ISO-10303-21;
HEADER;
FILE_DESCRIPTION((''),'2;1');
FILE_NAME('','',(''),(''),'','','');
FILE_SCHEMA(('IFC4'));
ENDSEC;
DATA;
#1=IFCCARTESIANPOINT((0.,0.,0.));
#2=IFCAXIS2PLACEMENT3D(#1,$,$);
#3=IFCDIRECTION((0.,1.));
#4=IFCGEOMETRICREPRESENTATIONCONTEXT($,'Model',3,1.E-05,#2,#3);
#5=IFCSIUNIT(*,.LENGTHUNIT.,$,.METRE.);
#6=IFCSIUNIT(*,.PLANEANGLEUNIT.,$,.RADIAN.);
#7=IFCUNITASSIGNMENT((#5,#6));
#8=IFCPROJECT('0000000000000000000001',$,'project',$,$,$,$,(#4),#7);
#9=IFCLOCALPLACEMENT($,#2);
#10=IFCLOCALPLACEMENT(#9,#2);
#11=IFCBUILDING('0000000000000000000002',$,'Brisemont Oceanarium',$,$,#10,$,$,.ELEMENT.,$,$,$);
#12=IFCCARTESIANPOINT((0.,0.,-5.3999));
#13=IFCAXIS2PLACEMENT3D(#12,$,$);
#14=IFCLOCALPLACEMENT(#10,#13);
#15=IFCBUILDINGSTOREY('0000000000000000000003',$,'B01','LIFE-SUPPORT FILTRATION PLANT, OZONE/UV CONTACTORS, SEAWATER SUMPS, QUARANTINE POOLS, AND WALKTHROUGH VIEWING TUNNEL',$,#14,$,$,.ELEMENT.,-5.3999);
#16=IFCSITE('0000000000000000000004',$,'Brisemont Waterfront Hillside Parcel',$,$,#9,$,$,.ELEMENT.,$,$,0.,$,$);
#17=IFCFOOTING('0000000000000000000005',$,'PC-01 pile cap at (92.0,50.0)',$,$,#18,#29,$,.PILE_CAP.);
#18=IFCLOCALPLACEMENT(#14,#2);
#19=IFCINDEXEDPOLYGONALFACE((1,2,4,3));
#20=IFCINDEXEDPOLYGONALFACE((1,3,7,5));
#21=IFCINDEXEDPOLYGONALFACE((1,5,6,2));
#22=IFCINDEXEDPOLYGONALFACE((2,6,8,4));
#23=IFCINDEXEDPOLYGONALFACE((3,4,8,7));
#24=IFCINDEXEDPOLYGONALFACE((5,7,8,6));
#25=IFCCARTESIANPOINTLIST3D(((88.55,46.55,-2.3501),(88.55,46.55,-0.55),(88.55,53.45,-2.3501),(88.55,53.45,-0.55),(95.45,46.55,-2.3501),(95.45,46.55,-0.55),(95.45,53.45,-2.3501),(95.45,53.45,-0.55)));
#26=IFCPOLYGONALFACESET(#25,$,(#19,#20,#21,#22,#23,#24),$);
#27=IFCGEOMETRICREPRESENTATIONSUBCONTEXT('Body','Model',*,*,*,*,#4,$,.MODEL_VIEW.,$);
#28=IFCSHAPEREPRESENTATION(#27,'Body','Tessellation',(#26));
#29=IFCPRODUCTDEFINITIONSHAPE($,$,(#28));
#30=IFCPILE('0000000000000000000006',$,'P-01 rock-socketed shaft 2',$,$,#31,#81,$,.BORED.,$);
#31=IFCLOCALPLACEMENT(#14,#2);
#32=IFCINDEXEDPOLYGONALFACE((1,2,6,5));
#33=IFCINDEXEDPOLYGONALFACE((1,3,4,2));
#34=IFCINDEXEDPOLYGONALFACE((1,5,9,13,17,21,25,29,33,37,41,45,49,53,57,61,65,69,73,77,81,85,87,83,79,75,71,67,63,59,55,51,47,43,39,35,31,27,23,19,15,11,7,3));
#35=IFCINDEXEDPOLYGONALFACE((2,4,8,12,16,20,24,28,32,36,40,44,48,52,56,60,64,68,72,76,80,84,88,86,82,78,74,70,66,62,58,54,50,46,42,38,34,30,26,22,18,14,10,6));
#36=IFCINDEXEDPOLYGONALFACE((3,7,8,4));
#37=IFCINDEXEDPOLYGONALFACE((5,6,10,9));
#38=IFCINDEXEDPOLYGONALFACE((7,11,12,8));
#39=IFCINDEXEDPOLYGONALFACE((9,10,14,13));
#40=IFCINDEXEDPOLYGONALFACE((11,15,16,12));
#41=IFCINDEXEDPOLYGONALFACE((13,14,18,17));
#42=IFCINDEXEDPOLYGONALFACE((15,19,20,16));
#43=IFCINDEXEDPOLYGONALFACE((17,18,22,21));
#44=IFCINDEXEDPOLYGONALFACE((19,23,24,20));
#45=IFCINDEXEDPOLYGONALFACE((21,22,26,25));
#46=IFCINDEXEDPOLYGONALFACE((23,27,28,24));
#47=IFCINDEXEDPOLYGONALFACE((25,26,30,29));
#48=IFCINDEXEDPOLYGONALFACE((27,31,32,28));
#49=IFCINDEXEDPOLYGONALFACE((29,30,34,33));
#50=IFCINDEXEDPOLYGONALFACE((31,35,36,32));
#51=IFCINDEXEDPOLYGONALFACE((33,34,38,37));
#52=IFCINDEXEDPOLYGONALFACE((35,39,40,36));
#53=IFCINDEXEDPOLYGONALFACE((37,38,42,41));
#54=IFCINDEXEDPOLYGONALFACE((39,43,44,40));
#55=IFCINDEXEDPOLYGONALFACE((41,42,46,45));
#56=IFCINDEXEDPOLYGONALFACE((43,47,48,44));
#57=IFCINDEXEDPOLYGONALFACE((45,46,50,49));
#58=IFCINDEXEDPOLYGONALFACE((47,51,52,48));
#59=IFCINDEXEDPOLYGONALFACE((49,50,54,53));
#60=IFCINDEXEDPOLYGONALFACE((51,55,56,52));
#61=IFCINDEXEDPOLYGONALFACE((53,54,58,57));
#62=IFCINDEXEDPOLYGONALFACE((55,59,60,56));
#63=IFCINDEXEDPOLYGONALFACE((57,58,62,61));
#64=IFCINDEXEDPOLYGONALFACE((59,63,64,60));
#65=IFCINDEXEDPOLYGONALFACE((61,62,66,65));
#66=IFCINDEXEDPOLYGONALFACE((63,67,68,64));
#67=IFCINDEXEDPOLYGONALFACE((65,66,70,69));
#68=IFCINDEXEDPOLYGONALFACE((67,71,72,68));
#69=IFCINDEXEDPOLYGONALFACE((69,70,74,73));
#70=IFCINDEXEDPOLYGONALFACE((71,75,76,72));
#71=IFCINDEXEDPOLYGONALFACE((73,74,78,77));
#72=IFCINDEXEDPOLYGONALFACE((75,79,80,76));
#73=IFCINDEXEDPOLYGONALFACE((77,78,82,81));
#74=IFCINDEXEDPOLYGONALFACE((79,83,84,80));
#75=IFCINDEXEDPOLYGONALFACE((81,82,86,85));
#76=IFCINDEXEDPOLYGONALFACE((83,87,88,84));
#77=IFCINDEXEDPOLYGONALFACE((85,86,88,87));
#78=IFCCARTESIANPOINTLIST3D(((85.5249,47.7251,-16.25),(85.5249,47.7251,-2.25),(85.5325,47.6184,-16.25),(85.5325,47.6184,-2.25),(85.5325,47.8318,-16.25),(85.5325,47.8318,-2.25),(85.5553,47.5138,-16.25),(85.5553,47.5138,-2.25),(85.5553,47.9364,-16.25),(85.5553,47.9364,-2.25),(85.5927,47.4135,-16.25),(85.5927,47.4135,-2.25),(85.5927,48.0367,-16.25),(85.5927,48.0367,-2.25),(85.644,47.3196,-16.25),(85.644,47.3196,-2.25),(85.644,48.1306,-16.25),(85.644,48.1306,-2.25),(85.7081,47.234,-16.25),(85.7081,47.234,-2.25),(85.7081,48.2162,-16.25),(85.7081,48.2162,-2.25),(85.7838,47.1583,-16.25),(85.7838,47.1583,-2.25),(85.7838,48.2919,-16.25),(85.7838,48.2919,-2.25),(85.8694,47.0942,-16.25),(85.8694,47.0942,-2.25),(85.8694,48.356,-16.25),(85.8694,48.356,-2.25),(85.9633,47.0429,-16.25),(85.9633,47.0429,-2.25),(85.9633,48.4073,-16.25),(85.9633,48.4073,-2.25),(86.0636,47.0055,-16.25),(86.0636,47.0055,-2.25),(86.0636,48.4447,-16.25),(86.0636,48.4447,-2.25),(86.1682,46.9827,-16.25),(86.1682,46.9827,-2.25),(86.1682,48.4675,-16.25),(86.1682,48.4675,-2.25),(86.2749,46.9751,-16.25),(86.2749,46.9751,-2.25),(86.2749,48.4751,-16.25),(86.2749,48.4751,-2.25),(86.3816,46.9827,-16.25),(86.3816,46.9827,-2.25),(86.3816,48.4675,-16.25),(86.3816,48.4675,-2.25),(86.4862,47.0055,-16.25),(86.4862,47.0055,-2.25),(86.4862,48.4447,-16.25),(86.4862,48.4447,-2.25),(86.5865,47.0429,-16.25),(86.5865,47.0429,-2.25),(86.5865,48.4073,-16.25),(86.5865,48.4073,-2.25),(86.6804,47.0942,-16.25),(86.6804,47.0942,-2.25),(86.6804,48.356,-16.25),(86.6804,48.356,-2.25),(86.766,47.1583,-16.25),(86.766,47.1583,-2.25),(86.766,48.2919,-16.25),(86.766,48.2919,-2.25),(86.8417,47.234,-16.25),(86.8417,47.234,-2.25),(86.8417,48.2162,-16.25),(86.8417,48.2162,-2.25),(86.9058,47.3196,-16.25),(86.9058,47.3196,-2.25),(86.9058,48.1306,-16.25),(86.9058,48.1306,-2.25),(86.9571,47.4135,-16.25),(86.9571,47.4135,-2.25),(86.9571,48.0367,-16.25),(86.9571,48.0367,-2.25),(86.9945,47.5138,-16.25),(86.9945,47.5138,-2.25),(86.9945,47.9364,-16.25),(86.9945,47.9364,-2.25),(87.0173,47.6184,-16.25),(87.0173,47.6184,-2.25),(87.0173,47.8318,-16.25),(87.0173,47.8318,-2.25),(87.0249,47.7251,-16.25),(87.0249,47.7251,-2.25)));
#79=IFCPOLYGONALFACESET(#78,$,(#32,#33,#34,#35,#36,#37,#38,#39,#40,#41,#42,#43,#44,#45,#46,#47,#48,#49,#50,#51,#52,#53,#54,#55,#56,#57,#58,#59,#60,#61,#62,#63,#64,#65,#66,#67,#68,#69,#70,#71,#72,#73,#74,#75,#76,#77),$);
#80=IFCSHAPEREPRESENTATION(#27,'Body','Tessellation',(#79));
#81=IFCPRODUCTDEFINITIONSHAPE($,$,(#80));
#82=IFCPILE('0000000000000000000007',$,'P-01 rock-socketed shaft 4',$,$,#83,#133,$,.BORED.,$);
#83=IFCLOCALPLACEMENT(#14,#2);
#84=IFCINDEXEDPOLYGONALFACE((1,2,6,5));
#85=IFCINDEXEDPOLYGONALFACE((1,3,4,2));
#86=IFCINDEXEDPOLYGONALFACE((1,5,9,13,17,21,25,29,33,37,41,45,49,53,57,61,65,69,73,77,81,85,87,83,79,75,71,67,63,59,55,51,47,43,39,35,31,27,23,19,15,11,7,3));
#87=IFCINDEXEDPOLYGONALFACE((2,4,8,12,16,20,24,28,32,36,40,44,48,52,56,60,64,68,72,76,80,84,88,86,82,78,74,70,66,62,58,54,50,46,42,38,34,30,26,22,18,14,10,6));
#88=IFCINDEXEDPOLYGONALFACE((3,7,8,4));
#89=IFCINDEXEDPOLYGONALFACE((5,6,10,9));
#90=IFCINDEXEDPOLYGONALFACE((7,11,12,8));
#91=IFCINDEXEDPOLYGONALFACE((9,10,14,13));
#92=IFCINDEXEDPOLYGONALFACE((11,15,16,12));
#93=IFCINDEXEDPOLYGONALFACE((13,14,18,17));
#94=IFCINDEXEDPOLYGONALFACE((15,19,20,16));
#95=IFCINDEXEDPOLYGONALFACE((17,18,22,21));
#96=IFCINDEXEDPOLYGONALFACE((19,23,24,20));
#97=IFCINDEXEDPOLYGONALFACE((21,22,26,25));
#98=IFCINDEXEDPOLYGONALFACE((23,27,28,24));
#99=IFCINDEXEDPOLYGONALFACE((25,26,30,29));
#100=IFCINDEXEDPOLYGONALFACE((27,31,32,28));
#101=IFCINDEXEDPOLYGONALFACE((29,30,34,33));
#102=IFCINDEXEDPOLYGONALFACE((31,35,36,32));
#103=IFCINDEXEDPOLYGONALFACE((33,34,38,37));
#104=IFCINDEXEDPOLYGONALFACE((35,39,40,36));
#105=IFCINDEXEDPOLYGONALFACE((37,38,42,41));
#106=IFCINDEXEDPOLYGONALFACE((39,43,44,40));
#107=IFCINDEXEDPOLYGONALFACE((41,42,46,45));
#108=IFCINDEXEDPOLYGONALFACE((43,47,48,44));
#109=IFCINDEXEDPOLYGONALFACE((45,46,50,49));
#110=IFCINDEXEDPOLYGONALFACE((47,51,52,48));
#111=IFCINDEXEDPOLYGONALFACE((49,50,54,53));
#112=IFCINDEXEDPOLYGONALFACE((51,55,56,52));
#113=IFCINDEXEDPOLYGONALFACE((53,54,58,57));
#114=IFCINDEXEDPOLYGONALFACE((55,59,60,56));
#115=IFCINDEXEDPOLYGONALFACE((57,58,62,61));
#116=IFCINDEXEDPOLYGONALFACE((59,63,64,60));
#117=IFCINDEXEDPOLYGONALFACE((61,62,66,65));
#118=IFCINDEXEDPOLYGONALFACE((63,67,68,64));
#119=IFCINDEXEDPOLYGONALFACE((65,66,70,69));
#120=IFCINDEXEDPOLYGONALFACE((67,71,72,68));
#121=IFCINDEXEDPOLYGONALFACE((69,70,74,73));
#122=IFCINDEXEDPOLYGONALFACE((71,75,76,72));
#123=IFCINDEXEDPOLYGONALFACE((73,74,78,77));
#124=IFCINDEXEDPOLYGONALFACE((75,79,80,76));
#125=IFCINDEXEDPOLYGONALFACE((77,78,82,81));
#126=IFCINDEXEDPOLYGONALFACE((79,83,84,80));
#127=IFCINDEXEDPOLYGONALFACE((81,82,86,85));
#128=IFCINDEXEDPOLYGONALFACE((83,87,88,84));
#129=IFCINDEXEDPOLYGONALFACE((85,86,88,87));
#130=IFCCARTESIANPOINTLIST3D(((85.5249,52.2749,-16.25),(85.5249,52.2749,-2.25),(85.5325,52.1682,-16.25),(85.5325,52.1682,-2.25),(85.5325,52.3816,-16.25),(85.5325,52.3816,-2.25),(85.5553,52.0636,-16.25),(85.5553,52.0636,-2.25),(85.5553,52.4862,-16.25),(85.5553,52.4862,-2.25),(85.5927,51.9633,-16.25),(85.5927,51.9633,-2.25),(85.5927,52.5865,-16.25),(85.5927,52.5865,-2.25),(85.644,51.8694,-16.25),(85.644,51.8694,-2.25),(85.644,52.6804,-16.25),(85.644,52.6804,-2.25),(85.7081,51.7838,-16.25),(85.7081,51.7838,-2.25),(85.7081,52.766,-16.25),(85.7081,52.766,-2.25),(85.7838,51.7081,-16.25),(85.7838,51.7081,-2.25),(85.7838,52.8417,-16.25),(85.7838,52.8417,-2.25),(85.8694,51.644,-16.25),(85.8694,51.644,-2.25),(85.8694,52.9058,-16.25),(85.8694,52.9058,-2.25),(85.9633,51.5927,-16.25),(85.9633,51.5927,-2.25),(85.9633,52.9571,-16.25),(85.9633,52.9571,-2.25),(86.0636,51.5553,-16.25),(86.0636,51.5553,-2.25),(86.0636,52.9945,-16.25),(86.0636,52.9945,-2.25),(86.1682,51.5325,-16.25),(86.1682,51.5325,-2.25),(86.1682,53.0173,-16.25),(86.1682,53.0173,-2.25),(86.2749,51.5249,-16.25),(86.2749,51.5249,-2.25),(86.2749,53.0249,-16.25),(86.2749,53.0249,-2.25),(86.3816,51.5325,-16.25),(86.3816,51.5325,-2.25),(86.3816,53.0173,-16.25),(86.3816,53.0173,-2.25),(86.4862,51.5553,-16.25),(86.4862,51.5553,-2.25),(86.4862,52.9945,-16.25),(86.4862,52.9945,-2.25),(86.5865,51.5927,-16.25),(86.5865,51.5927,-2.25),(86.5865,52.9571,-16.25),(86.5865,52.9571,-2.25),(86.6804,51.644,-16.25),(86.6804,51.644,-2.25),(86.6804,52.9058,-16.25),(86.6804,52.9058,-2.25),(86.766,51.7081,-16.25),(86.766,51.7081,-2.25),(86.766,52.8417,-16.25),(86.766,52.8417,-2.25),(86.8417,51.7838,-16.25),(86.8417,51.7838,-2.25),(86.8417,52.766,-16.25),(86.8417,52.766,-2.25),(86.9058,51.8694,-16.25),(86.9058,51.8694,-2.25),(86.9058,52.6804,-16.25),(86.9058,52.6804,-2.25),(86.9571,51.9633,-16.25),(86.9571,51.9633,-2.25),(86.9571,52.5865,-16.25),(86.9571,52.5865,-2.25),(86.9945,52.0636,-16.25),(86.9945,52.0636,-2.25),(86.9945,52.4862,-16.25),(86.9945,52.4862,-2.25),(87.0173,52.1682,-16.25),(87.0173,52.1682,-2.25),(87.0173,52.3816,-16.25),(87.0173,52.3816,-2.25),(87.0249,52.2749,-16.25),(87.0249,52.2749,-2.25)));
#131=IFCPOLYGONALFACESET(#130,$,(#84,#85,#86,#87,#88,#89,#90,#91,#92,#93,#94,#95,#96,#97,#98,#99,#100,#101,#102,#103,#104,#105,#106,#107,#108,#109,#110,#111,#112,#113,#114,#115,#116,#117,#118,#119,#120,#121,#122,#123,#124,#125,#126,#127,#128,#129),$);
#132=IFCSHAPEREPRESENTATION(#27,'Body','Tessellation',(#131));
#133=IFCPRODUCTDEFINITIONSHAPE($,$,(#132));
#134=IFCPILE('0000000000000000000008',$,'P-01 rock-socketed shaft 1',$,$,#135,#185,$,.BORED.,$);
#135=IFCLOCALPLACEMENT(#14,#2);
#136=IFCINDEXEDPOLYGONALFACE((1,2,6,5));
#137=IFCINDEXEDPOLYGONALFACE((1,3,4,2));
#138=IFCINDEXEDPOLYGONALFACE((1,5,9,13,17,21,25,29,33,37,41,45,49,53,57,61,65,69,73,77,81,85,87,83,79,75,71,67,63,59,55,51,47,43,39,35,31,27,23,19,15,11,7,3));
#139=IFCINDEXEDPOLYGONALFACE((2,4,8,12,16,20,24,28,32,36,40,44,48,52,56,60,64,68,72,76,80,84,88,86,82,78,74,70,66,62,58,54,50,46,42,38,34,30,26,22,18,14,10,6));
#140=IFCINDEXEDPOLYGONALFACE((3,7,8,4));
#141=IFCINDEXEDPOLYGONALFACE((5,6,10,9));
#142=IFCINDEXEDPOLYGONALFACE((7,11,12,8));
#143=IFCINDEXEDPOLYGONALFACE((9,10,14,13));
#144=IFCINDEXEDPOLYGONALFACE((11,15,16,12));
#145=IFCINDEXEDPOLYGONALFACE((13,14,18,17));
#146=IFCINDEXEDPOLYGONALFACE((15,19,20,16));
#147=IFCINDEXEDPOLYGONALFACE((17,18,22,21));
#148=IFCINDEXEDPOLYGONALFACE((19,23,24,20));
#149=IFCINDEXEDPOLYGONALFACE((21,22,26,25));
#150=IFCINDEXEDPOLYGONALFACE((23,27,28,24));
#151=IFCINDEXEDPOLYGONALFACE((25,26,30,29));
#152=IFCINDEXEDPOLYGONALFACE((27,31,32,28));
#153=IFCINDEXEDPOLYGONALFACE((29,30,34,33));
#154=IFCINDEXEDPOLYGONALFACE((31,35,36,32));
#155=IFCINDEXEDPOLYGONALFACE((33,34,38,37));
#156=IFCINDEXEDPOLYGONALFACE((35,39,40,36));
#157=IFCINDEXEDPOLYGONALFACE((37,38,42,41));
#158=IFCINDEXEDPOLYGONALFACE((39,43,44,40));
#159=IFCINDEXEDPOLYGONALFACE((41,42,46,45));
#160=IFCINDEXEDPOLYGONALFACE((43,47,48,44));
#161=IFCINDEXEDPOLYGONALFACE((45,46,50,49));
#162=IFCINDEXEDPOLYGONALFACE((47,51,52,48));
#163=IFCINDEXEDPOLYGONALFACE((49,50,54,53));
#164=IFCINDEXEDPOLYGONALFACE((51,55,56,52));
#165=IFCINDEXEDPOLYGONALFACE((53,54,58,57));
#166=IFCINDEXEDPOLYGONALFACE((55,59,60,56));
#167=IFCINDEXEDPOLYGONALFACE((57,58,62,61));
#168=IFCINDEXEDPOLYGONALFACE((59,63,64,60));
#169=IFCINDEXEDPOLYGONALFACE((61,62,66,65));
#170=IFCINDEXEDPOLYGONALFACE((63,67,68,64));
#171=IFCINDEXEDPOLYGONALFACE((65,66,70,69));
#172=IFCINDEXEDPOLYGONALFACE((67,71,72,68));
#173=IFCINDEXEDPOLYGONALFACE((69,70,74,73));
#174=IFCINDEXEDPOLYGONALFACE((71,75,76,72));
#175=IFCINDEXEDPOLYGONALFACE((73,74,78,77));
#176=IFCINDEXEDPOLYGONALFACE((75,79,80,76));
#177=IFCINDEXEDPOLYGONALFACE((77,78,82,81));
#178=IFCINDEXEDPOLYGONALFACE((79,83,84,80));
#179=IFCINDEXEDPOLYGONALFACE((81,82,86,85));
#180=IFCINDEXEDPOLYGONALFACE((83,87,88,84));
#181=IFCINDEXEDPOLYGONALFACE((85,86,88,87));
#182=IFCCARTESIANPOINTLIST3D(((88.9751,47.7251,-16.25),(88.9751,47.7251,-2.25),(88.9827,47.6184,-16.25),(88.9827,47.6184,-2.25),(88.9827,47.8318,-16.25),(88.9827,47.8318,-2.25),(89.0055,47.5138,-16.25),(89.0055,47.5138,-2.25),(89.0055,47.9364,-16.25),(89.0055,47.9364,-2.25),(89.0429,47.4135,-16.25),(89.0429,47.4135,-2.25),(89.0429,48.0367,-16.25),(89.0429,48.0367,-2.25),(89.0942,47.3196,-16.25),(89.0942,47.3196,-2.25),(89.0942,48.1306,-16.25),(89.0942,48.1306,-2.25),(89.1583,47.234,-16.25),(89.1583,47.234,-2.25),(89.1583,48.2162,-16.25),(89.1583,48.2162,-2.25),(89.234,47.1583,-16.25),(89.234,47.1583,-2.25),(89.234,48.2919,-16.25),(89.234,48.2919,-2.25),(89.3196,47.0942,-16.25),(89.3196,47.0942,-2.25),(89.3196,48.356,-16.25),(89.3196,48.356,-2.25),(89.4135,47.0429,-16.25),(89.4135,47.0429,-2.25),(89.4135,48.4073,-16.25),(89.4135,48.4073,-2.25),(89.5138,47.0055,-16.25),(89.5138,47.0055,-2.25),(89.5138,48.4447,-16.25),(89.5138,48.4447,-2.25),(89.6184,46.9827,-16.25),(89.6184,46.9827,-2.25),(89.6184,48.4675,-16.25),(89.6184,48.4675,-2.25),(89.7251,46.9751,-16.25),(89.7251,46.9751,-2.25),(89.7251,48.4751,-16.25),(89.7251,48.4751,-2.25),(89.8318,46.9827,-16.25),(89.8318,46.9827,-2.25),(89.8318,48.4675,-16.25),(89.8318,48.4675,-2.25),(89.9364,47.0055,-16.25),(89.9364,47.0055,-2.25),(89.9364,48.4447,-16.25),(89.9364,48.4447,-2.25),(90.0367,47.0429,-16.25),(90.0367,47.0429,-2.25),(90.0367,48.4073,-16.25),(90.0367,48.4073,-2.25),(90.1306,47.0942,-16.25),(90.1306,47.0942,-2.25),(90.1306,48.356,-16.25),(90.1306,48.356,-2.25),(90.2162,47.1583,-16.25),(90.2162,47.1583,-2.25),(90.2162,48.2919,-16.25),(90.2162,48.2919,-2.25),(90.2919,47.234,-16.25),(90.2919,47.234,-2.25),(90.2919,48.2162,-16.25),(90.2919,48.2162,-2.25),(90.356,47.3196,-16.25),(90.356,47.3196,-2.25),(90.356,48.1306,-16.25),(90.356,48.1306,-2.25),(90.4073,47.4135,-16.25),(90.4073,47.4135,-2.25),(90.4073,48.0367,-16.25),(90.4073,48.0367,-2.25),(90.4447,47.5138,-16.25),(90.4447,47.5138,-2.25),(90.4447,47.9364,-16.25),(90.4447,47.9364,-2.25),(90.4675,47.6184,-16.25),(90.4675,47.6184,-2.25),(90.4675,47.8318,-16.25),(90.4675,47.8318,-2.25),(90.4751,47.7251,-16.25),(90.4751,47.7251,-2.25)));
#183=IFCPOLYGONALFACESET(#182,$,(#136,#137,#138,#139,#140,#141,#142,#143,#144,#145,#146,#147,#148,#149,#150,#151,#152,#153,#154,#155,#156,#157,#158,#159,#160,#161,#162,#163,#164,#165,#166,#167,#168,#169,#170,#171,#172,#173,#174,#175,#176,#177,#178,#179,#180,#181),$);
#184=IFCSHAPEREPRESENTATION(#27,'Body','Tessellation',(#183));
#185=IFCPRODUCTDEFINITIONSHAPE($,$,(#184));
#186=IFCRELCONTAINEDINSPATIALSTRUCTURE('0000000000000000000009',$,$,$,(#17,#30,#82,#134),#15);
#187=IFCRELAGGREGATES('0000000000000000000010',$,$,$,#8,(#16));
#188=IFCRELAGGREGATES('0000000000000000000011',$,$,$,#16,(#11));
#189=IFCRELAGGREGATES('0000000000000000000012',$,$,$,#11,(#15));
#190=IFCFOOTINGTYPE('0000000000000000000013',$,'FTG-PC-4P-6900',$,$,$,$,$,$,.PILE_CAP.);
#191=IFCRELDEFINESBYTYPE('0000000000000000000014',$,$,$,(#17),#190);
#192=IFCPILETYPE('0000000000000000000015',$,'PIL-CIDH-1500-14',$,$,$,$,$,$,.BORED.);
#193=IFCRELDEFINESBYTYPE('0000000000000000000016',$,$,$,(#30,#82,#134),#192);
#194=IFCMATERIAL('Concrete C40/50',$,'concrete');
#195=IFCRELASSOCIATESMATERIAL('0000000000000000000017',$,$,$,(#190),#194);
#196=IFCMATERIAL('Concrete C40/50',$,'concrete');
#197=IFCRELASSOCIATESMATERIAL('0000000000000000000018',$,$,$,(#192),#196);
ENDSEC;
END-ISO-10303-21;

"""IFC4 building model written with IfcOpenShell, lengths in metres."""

from ifc_helpers import new_model, si_unit, direction, frame, origin, origin_2d, place, context, subcontext, project, spatial, rectangle, circle, extrude, material, material_profile, profile_set, type_object, element, save


model = new_model("IFC4")

# Units and contexts
model_context = context("Model", 3, precision=1e-05, world=origin(), true_north=direction((0.0, 1.0)))
body_context = subcontext(model_context, "Body", "Model", "MODEL_VIEW")
ifc_project = project(units=[si_unit("LENGTHUNIT", "METRE"), si_unit("PLANEANGLEUNIT", "RADIAN")], contexts=[model_context])

# Site, building, storey
site_placement = place(None, origin())
site = spatial("IfcSite", under=ifc_project, at=site_placement, Name="Brisemont Waterfront Hillside Parcel", CompositionType="ELEMENT", RefElevation=0.0)
building_placement = place(site_placement, origin())
building = spatial("IfcBuilding", under=site, at=building_placement, Name="Brisemont Oceanarium", CompositionType="ELEMENT")
storey_placement = place(building_placement, frame((0.0, 0.0, -5.3999)))
storey = spatial("IfcBuildingStorey", under=building, at=storey_placement, Name="B01", Description="LIFE-SUPPORT FILTRATION PLANT, OZONE/UV CONTACTORS, SEAWATER SUMPS, QUARANTINE POOLS, AND WALKTHROUGH VIEWING TUNNEL", CompositionType="ELEMENT", Elevation=-5.3999)

# Footing
ifc_material_1 = material(Name="Concrete C40/50", Category="concrete")
footing_type = type_object("IfcFootingType", Name="FTG-PC-4P-6900", PredefinedType="PILE_CAP", material=ifc_material_1)
footing_placement = place(storey_placement, frame((92.0, 50.0, -2.3501), z_axis=(0.0, 0.0, 1.0), x_axis=(1.0, 0.0, 0.0)))
element("IfcFooting", 1, at=footing_placement, inside=storey, type_object=footing_type, Name="PC-01 pile cap at (92.0,50.0)", PredefinedType="PILE_CAP", context=body_context, shape_type="SweptSolid", body=[
    extrude(rectangle(XDim=6.8999, YDim=6.8999, at=origin_2d()), origin(), (0.0, 0.0, 1.0), 1.8),
])

# Piles
ifc_material_2 = material(Name="Concrete C40/50", Category="concrete")
ifc_material_profile_1 = material_profile(ifc_material_2, circle(Radius=0.75, at=origin_2d()), Name="CIDH-D1500")
ifc_profile_set_1 = profile_set([ifc_material_profile_1], Name="Concrete C40/50")
pile_type = type_object("IfcPileType", Name="PIL-CIDH-1500-14", PredefinedType="BORED", material=ifc_profile_set_1)
for number, where, z_axis, x_axis, name in (
    (2, (86.2749, 47.7251, -2.25), (0.0, 0.0, -1.0), (1.0, 0.0, 0.0), "P-01 rock-socketed shaft 2"),
    (3, (86.2749, 52.2749, -2.25), (0.0, 0.0, -1.0), (1.0, 0.0, 0.0), "P-01 rock-socketed shaft 4"),
    (4, (89.7251, 47.7251, -2.25), (0.0, 0.0, -1.0), (1.0, 0.0, 0.0), "P-01 rock-socketed shaft 1"),
):
    element("IfcPile", number, at=place(storey_placement, frame(where, z_axis=z_axis, x_axis=x_axis)), inside=storey, type_object=pile_type, Name=name, PredefinedType="BORED", context=body_context, shape_type="SweptSolid", body=[
        extrude(circle(Radius=0.75, at=origin_2d()), origin(), (0.0, 0.0, 1.0), 14.0),
    ])

save(model, "model.ifc")
